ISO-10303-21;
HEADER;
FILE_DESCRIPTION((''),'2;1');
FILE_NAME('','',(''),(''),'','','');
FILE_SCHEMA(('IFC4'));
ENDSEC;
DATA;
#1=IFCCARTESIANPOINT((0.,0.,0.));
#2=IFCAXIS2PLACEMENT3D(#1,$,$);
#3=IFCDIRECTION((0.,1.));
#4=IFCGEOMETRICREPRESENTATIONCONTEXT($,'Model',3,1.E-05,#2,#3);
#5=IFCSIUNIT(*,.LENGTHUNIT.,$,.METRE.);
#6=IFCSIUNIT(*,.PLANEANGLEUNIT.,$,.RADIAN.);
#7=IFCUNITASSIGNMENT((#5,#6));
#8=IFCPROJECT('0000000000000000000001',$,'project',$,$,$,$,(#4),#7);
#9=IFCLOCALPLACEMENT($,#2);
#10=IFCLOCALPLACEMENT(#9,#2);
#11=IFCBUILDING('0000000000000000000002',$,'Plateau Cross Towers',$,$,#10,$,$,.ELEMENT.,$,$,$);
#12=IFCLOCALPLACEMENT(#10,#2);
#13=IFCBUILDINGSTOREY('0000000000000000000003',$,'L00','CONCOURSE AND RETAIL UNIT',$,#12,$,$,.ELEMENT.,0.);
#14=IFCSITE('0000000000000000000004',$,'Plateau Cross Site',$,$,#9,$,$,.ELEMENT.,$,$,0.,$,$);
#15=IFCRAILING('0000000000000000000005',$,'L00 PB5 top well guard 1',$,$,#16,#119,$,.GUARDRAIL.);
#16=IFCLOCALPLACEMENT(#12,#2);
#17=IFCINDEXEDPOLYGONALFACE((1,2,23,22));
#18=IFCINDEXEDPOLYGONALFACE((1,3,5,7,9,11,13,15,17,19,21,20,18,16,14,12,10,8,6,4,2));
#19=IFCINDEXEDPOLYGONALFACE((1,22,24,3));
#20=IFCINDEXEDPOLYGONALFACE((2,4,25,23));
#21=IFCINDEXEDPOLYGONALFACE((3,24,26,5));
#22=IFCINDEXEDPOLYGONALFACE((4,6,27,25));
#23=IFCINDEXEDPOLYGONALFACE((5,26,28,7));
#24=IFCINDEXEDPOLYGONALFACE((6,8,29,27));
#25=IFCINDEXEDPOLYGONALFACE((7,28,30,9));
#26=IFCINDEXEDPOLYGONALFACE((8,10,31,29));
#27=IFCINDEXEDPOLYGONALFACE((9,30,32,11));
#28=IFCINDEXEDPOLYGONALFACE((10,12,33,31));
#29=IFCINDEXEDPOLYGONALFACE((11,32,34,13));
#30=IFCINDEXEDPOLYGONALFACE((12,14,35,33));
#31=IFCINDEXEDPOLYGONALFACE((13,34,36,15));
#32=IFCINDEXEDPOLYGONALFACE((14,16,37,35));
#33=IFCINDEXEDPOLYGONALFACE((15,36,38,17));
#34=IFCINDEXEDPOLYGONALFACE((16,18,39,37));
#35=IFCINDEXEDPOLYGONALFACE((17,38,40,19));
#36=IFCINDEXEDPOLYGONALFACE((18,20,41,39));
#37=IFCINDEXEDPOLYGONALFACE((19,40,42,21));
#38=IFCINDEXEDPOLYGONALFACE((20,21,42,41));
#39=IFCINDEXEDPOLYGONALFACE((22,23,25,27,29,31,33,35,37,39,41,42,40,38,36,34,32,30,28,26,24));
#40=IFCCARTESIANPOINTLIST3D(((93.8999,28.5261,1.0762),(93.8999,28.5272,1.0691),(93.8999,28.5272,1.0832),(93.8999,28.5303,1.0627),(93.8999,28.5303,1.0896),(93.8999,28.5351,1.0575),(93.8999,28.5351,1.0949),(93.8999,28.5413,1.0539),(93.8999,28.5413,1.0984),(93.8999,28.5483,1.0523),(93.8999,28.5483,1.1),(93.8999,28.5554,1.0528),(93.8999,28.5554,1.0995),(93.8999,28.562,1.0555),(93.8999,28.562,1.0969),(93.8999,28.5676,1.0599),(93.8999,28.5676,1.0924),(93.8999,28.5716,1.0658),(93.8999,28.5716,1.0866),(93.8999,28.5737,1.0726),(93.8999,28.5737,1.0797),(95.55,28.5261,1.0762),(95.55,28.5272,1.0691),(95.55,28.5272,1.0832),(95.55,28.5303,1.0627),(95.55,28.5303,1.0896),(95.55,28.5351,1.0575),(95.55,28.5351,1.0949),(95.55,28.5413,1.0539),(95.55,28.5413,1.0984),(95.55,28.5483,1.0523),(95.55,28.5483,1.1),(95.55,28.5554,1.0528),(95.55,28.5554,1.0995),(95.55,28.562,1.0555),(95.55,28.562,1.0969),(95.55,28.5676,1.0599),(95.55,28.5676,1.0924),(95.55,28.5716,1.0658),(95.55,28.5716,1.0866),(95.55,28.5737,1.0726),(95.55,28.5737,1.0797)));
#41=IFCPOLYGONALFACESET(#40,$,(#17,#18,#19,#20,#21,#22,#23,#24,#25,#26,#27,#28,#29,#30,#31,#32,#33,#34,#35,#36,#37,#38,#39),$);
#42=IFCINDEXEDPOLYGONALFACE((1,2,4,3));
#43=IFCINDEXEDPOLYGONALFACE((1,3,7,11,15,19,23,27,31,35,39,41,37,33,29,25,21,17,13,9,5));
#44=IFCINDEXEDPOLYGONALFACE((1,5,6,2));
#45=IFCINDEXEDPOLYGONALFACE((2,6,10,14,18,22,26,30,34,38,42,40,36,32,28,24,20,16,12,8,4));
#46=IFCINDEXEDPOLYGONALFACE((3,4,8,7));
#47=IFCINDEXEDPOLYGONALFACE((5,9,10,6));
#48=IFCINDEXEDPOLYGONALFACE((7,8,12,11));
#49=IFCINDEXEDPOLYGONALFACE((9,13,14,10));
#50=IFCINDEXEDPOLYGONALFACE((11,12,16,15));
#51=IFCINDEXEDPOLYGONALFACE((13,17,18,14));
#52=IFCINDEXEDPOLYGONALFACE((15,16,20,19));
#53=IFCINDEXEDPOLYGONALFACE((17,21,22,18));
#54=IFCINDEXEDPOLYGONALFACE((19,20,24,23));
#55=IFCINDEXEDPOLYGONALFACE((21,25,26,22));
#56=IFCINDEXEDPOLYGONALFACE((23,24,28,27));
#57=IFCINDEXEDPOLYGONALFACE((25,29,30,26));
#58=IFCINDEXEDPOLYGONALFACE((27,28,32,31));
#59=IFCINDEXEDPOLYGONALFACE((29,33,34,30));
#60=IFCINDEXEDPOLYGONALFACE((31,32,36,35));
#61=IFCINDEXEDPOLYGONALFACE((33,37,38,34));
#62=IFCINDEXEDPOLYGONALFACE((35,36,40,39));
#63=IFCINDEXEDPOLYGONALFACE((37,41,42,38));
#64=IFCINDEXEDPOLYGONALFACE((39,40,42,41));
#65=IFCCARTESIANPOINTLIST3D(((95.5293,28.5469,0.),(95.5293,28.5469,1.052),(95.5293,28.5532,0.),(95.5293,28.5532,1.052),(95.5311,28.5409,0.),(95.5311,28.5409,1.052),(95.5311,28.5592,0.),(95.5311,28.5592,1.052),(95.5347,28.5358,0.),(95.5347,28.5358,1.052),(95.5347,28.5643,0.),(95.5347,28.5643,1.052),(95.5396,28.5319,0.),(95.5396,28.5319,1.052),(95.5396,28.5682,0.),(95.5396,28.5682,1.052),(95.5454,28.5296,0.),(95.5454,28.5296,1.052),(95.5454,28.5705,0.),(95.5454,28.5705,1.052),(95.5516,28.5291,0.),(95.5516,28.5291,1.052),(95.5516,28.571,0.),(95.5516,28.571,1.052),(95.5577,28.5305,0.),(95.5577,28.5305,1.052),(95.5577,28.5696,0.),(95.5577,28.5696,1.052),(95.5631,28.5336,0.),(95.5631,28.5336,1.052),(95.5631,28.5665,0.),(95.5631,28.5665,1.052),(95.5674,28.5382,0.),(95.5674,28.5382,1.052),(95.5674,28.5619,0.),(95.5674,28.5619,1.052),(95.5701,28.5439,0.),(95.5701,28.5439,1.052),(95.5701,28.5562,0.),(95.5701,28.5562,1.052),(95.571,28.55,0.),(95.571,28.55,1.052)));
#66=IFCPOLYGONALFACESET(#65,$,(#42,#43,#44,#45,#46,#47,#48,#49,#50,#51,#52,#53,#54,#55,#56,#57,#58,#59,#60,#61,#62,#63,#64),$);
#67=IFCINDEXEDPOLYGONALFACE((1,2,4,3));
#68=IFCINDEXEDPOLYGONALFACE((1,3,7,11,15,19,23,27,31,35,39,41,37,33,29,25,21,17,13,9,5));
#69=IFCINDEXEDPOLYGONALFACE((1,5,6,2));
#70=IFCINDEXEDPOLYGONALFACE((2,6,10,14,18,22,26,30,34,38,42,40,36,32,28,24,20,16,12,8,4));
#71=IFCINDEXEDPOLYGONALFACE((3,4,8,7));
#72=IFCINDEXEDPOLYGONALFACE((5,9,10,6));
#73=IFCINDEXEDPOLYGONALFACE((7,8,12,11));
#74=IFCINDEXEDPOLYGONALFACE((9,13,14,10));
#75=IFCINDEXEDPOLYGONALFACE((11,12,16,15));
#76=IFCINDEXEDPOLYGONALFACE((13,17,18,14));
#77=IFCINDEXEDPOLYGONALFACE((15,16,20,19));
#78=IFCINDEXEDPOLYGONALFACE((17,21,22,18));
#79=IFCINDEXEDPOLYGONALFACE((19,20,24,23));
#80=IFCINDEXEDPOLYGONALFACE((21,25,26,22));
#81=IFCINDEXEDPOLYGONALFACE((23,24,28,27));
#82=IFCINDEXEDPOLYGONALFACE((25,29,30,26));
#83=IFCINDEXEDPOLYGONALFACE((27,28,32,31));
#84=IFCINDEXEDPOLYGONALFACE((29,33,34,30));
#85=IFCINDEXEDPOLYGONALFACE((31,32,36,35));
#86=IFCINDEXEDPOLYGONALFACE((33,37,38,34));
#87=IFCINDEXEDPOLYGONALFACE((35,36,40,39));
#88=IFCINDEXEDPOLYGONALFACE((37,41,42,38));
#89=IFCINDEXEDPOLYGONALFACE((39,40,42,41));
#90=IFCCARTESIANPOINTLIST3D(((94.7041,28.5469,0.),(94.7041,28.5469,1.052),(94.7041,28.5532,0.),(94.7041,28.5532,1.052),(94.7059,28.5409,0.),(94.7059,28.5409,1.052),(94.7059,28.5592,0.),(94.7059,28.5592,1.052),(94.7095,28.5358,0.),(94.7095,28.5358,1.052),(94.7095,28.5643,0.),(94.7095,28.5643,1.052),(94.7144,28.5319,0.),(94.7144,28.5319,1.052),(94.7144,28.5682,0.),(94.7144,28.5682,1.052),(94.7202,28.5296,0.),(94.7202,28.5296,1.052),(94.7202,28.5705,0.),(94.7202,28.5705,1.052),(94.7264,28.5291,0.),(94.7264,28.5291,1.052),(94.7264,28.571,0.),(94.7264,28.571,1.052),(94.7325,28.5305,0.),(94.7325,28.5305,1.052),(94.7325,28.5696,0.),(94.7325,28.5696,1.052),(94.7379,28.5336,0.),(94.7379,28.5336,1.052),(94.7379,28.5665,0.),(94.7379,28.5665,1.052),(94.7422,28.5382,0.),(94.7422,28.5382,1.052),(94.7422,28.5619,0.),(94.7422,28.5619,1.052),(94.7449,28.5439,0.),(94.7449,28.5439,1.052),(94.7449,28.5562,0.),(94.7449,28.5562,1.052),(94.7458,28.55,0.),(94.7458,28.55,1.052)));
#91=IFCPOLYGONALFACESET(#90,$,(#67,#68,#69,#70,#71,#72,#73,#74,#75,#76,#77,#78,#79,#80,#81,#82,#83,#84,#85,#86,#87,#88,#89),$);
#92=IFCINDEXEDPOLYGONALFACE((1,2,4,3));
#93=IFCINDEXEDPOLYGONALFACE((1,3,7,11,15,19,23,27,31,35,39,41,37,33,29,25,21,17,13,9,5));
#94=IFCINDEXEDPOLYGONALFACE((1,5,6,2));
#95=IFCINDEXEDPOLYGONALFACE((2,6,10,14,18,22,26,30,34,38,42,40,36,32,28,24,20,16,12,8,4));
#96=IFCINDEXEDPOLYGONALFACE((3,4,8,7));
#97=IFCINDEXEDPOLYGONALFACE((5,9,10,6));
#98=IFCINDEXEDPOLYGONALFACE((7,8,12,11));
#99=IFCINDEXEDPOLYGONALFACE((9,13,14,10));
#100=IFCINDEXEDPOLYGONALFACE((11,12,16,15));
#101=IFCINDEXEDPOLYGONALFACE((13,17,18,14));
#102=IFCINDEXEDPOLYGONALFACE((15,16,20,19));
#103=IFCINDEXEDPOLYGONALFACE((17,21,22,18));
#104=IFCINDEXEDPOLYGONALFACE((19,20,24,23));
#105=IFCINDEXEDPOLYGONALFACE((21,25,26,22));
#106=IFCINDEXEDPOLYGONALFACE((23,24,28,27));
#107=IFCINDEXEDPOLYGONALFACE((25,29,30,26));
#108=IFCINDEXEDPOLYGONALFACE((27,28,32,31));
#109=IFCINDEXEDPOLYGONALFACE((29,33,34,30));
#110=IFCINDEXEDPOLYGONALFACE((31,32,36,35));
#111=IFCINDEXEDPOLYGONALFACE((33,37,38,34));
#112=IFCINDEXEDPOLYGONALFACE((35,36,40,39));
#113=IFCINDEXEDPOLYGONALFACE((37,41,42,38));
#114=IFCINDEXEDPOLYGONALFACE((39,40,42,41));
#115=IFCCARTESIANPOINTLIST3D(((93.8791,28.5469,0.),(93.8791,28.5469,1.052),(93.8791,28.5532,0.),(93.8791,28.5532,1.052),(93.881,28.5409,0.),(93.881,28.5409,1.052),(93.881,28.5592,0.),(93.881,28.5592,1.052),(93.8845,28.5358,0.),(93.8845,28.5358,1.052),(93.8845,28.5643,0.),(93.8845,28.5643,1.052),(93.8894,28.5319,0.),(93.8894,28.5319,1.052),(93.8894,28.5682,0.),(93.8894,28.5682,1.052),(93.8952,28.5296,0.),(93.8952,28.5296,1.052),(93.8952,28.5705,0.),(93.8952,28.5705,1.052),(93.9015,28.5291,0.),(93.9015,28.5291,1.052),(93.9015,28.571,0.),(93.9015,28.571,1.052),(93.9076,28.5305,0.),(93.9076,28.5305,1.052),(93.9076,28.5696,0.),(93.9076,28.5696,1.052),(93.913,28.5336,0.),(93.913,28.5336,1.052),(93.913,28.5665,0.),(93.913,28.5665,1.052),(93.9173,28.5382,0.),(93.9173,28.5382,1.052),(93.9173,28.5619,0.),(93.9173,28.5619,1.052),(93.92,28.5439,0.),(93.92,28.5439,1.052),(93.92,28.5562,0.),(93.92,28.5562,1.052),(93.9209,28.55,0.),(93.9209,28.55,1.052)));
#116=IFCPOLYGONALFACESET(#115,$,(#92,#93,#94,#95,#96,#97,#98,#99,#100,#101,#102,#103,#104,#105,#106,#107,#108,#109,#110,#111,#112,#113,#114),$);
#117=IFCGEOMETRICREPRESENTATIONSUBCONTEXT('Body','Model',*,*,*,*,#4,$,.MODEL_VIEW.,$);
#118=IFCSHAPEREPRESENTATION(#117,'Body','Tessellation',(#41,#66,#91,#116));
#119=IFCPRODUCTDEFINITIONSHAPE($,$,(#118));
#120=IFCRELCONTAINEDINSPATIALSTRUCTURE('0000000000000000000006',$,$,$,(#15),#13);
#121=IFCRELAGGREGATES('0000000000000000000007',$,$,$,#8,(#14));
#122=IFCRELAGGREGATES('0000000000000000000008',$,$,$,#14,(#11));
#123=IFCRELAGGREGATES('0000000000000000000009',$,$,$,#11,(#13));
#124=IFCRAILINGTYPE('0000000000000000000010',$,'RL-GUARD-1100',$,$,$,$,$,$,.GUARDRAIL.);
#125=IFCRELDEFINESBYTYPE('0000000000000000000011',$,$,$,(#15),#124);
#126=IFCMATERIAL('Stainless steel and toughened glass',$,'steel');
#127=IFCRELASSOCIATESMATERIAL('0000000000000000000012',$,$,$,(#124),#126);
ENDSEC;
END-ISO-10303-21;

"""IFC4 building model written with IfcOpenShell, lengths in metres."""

from ifc_helpers import new_model, si_unit, direction, frame, origin, origin_2d, place, context, subcontext, project, spatial, circle, extrude, material, type_object, element, save


model = new_model("IFC4")

# Units and contexts
model_context = context("Model", 3, precision=1e-05, world=origin(), true_north=direction((0.0, 1.0)))
body_context = subcontext(model_context, "Body", "Model", "MODEL_VIEW")
ifc_project = project(units=[si_unit("LENGTHUNIT", "METRE"), si_unit("PLANEANGLEUNIT", "RADIAN")], contexts=[model_context])

# Site, building, storey
site_placement = place(None, origin())
site = spatial("IfcSite", under=ifc_project, at=site_placement, Name="Plateau Cross Site", CompositionType="ELEMENT", RefElevation=0.0)
building_placement = place(site_placement, origin())
building = spatial("IfcBuilding", under=site, at=building_placement, Name="Plateau Cross Towers", CompositionType="ELEMENT")
storey_placement = place(building_placement, origin())
storey = spatial("IfcBuildingStorey", under=building, at=storey_placement, Name="L00", Description="CONCOURSE AND RETAIL UNIT", CompositionType="ELEMENT", Elevation=0.0)

# Railing
ifc_material_1 = material(Name="Stainless steel and toughened glass", Category="steel")
railing_type_1 = type_object("IfcRailingType", Name="RL-GUARD-1100", PredefinedType="GUARDRAIL", material=ifc_material_1)
railing_1_placement = place(storey_placement, frame((95.55, 28.55, 0.0)))
element("IfcRailing", 1, at=railing_1_placement, inside=storey, type_object=railing_type_1, Name="L00 PB5 top well guard 1", PredefinedType="GUARDRAIL", context=body_context, shape_type="SweptSolid", body=[
    extrude(circle(Radius=0.0239, at=origin_2d()), frame((0.0, 0.0, 1.0762), z_axis=(-1.0, 0.0, 0.0), x_axis=(0.0, -1.0, 0.0)), (0.0, 0.0, 1.0), 1.6501),
    extrude(circle(Radius=0.021, at=origin_2d()), origin(), (0.0, 0.0, 1.0), 1.052),
    extrude(circle(Radius=0.021, at=origin_2d()), frame((-0.8252, 0.0, 0.0)), (0.0, 0.0, 1.0), 1.052),
    extrude(circle(Radius=0.021, at=origin_2d()), frame((-1.6501, 0.0, 0.0)), (0.0, 0.0, 1.0), 1.052),
])

save(model, "model.ifc")
